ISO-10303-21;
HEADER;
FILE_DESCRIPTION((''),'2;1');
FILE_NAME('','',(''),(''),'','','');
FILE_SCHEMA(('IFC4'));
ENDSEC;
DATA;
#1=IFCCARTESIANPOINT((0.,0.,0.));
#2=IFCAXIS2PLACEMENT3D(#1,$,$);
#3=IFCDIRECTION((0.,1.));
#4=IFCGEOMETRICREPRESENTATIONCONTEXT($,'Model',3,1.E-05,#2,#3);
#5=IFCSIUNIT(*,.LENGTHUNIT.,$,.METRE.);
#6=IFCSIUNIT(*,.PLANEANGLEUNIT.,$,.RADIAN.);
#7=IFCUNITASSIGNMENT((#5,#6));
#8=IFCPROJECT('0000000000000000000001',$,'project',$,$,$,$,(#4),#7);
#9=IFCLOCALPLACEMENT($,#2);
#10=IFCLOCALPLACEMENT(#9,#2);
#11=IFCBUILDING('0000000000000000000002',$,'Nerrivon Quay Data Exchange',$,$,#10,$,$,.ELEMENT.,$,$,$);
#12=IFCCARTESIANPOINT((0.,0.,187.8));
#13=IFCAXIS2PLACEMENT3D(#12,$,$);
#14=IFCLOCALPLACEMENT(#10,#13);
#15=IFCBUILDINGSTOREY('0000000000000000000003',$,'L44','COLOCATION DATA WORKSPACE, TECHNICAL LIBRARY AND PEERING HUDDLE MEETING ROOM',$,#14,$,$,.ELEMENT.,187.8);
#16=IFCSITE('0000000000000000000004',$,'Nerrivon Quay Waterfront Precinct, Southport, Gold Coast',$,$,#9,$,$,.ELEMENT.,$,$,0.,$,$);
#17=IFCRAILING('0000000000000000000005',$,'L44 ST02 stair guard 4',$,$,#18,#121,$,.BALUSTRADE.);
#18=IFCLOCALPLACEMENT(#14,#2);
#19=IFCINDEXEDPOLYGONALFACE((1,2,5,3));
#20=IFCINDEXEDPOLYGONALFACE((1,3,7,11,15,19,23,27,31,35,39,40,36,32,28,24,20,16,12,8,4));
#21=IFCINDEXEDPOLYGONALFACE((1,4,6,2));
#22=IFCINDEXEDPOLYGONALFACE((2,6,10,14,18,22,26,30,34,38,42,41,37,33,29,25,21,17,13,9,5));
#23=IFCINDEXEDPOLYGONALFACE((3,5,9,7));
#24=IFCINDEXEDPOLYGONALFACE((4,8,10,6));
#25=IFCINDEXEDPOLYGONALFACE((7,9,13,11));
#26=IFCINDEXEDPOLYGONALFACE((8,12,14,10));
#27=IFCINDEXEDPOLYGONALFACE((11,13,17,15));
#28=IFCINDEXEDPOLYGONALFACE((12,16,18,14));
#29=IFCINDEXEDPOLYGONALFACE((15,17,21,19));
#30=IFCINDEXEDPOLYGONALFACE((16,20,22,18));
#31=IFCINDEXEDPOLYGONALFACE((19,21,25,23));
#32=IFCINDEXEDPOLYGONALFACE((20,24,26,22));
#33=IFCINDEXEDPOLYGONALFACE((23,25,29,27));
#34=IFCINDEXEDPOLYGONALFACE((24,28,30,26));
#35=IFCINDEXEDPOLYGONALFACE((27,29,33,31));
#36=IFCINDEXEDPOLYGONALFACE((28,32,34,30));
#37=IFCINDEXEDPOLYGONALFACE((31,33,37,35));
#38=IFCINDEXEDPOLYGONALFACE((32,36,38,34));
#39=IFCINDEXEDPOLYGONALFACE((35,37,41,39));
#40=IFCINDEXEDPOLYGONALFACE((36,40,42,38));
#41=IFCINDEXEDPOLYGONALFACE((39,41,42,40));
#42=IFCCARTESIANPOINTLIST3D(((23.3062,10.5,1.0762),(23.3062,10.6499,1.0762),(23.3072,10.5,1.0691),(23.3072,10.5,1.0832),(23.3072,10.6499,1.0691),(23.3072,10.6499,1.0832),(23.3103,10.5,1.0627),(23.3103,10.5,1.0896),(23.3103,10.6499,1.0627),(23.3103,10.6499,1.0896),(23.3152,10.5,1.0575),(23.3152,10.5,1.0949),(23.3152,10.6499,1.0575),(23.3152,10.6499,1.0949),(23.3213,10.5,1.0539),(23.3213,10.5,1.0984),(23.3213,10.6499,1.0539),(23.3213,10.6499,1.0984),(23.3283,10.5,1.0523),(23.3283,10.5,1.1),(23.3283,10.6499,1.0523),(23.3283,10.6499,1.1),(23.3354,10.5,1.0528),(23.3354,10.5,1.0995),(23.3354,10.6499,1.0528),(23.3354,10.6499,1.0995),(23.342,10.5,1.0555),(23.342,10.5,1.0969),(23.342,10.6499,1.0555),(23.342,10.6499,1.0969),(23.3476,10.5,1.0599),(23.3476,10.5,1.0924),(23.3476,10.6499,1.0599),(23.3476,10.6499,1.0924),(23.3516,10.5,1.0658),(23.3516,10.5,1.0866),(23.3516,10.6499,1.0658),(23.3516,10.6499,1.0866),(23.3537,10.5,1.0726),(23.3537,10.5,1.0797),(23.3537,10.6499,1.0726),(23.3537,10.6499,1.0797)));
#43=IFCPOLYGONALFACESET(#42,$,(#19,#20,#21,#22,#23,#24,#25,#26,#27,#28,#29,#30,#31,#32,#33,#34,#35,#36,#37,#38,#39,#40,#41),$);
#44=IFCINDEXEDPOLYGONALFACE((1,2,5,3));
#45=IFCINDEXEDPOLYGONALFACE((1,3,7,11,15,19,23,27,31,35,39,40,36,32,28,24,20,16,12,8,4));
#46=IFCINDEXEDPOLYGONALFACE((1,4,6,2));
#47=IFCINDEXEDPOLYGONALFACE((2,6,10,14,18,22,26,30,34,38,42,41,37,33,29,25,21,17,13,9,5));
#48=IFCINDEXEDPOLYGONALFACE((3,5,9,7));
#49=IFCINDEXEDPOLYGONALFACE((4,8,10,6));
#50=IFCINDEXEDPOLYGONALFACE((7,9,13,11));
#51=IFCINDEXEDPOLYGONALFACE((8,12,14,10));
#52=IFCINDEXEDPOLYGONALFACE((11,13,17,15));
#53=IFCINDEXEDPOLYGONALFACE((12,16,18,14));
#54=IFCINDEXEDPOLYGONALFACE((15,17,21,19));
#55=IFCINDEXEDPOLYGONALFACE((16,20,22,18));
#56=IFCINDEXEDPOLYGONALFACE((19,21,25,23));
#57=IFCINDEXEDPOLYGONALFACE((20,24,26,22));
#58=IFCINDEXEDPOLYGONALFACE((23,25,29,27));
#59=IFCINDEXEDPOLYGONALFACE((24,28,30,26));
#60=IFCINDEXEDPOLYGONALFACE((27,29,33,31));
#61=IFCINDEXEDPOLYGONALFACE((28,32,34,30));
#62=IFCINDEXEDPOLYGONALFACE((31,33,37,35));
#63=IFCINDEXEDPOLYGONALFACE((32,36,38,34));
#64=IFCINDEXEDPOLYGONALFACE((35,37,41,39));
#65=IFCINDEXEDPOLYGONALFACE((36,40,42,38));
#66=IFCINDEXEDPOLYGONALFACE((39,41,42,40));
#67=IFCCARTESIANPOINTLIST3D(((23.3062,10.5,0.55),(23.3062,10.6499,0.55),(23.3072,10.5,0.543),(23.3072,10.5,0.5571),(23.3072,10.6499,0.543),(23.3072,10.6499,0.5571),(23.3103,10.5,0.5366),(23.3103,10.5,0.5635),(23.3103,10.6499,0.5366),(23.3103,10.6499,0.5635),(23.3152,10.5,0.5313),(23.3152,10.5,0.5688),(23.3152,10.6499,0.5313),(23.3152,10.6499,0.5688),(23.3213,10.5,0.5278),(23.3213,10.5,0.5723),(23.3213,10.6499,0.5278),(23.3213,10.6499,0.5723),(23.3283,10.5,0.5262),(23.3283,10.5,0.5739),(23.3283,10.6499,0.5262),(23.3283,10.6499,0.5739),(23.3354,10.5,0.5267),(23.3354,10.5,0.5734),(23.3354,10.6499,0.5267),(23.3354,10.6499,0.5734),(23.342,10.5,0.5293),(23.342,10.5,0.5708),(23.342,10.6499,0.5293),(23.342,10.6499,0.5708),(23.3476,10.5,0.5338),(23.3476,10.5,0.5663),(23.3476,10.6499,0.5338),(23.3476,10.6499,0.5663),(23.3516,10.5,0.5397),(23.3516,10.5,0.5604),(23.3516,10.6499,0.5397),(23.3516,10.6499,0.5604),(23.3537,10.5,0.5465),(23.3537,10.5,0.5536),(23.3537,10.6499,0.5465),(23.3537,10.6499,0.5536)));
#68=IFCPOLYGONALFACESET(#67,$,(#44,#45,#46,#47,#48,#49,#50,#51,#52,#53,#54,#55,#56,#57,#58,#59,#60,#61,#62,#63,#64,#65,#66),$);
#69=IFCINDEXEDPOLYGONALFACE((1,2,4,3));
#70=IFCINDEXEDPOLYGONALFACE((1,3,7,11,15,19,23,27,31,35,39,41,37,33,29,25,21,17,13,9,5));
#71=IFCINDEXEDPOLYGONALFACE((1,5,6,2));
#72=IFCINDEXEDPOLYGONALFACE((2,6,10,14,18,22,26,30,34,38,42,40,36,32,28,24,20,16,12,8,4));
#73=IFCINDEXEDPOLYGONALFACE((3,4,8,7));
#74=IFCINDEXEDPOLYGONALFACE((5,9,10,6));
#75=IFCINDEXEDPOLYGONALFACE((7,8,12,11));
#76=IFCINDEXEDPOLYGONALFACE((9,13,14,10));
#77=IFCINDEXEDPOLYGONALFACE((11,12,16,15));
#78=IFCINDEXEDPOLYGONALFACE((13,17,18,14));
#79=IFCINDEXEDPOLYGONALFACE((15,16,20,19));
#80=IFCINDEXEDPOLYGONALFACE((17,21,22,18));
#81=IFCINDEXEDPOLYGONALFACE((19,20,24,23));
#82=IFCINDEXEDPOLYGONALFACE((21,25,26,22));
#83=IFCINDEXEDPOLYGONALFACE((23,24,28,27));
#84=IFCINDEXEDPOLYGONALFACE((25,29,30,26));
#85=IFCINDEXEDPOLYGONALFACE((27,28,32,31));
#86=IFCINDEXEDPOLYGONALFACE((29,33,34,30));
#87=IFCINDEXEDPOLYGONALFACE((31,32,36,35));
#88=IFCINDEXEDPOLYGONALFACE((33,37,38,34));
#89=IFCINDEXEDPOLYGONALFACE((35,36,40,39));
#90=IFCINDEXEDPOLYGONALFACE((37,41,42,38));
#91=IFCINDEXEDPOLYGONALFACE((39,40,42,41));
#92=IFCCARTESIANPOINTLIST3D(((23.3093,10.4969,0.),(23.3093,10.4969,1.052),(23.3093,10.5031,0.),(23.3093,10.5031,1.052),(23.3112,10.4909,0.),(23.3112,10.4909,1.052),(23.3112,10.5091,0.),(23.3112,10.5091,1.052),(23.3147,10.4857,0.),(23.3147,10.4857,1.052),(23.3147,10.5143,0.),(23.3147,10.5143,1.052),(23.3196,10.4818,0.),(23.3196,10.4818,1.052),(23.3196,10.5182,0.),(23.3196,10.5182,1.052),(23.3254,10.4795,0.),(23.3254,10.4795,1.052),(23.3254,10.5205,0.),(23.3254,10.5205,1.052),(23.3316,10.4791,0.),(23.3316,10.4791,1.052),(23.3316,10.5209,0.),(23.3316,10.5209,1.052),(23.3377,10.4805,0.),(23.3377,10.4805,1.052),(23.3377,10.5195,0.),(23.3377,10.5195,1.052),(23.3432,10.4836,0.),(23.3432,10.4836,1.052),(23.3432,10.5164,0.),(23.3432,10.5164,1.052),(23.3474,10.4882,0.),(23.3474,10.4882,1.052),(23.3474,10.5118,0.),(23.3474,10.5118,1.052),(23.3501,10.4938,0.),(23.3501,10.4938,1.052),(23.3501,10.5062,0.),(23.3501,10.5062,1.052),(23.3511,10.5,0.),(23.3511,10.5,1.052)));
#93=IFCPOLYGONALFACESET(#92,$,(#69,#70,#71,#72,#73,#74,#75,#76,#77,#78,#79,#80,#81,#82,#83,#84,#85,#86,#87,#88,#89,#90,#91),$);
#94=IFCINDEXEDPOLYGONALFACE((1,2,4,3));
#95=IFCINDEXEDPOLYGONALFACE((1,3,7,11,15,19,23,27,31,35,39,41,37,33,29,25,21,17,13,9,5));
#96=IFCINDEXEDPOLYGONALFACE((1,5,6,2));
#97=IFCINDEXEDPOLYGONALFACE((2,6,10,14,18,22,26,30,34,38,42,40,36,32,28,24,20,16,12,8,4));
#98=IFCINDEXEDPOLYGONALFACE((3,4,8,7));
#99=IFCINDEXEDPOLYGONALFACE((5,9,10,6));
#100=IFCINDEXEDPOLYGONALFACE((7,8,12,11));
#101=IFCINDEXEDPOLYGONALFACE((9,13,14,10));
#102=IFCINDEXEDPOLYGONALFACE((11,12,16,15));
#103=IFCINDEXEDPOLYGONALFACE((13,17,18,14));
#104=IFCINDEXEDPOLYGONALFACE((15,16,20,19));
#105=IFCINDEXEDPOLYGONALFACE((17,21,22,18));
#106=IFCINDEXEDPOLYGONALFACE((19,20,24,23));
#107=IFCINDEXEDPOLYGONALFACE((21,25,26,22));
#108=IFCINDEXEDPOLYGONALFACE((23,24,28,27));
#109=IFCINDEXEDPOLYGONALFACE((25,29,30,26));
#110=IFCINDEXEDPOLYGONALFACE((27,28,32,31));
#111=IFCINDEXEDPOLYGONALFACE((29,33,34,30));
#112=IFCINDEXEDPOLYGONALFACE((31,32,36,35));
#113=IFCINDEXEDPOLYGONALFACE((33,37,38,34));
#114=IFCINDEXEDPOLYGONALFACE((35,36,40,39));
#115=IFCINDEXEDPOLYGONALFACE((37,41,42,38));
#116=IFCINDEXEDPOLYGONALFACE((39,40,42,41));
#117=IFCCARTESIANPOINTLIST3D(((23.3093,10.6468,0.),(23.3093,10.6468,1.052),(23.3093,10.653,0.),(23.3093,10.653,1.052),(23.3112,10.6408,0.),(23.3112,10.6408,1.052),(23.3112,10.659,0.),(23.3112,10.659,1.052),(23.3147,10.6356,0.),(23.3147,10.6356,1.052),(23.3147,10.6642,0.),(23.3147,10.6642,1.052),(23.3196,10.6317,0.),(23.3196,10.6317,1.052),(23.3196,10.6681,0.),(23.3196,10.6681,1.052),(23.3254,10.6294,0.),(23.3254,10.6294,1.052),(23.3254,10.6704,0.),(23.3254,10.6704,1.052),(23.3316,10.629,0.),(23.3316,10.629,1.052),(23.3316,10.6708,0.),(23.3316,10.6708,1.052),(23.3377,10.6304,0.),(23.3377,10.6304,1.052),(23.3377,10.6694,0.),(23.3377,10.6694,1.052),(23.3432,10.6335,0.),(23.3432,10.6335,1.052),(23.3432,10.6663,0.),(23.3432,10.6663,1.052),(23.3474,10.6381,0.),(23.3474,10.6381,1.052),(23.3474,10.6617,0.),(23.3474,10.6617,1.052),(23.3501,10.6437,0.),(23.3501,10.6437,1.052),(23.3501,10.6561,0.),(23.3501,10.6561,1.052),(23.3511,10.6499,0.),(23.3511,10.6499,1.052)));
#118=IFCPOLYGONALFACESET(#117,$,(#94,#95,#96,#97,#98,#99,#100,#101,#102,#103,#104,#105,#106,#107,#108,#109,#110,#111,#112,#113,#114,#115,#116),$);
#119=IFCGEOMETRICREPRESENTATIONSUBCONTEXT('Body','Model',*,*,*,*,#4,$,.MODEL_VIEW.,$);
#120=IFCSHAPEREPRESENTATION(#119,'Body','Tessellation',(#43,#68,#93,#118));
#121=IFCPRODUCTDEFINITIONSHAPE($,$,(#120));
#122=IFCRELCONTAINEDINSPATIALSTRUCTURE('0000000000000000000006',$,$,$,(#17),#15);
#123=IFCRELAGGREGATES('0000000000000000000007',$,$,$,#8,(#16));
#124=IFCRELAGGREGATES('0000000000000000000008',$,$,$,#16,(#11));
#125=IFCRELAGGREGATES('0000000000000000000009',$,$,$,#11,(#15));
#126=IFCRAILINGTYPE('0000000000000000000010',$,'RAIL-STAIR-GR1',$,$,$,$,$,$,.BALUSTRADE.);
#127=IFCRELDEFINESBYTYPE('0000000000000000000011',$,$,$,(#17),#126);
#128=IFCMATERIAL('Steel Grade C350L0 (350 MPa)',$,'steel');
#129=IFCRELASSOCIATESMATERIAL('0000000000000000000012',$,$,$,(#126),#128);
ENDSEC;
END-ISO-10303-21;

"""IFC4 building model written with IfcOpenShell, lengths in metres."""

from ifc_helpers import new_model, si_unit, direction, frame, origin, origin_2d, place, context, subcontext, project, spatial, circle, extrude, material, type_object, element, save


model = new_model("IFC4")

# Units and contexts
model_context = context("Model", 3, precision=1e-05, world=origin(), true_north=direction((0.0, 1.0)))
body_context = subcontext(model_context, "Body", "Model", "MODEL_VIEW")
ifc_project = project(units=[si_unit("LENGTHUNIT", "METRE"), si_unit("PLANEANGLEUNIT", "RADIAN")], contexts=[model_context])

# Site, building, storey
site_placement = place(None, origin())
site = spatial("IfcSite", under=ifc_project, at=site_placement, Name="Nerrivon Quay Waterfront Precinct, Southport, Gold Coast", CompositionType="ELEMENT", RefElevation=0.0)
building_placement = place(site_placement, origin())
building = spatial("IfcBuilding", under=site, at=building_placement, Name="Nerrivon Quay Data Exchange", CompositionType="ELEMENT")
storey_placement = place(building_placement, frame((0.0, 0.0, 187.8)))
storey = spatial("IfcBuildingStorey", under=building, at=storey_placement, Name="L44", Description="COLOCATION DATA WORKSPACE, TECHNICAL LIBRARY AND PEERING HUDDLE MEETING ROOM", CompositionType="ELEMENT", Elevation=187.8)

# Railing
ifc_material_1 = material(Name="Steel Grade C350L0 (350 MPa)", Category="steel")
railing_type_1 = type_object("IfcRailingType", Name="RAIL-STAIR-GR1", PredefinedType="BALUSTRADE", material=ifc_material_1)
railing_1_placement = place(storey_placement, frame((23.3301, 10.5, 0.0)))
element("IfcRailing", 1, at=railing_1_placement, inside=storey, type_object=railing_type_1, Name="L44 ST02 stair guard 4", PredefinedType="BALUSTRADE", context=body_context, shape_type="SweptSolid", body=[
    extrude(circle(Radius=0.0239, at=origin_2d()), frame((0.0, 0.0, 1.0762), z_axis=(0.0, 1.0, 0.0), x_axis=(-1.0, 0.0, 0.0)), (0.0, 0.0, 1.0), 0.1499),
    extrude(circle(Radius=0.0239, at=origin_2d()), frame((0.0, 0.0, 0.55), z_axis=(0.0, 1.0, 0.0), x_axis=(-1.0, 0.0, 0.0)), (0.0, 0.0, 1.0), 0.1499),
    extrude(circle(Radius=0.021, at=origin_2d()), origin(), (0.0, 0.0, 1.0), 1.052),
    extrude(circle(Radius=0.021, at=origin_2d()), frame((0.0, 0.1499, 0.0)), (0.0, 0.0, 1.0), 1.052),
])

save(model, "model.ifc")
